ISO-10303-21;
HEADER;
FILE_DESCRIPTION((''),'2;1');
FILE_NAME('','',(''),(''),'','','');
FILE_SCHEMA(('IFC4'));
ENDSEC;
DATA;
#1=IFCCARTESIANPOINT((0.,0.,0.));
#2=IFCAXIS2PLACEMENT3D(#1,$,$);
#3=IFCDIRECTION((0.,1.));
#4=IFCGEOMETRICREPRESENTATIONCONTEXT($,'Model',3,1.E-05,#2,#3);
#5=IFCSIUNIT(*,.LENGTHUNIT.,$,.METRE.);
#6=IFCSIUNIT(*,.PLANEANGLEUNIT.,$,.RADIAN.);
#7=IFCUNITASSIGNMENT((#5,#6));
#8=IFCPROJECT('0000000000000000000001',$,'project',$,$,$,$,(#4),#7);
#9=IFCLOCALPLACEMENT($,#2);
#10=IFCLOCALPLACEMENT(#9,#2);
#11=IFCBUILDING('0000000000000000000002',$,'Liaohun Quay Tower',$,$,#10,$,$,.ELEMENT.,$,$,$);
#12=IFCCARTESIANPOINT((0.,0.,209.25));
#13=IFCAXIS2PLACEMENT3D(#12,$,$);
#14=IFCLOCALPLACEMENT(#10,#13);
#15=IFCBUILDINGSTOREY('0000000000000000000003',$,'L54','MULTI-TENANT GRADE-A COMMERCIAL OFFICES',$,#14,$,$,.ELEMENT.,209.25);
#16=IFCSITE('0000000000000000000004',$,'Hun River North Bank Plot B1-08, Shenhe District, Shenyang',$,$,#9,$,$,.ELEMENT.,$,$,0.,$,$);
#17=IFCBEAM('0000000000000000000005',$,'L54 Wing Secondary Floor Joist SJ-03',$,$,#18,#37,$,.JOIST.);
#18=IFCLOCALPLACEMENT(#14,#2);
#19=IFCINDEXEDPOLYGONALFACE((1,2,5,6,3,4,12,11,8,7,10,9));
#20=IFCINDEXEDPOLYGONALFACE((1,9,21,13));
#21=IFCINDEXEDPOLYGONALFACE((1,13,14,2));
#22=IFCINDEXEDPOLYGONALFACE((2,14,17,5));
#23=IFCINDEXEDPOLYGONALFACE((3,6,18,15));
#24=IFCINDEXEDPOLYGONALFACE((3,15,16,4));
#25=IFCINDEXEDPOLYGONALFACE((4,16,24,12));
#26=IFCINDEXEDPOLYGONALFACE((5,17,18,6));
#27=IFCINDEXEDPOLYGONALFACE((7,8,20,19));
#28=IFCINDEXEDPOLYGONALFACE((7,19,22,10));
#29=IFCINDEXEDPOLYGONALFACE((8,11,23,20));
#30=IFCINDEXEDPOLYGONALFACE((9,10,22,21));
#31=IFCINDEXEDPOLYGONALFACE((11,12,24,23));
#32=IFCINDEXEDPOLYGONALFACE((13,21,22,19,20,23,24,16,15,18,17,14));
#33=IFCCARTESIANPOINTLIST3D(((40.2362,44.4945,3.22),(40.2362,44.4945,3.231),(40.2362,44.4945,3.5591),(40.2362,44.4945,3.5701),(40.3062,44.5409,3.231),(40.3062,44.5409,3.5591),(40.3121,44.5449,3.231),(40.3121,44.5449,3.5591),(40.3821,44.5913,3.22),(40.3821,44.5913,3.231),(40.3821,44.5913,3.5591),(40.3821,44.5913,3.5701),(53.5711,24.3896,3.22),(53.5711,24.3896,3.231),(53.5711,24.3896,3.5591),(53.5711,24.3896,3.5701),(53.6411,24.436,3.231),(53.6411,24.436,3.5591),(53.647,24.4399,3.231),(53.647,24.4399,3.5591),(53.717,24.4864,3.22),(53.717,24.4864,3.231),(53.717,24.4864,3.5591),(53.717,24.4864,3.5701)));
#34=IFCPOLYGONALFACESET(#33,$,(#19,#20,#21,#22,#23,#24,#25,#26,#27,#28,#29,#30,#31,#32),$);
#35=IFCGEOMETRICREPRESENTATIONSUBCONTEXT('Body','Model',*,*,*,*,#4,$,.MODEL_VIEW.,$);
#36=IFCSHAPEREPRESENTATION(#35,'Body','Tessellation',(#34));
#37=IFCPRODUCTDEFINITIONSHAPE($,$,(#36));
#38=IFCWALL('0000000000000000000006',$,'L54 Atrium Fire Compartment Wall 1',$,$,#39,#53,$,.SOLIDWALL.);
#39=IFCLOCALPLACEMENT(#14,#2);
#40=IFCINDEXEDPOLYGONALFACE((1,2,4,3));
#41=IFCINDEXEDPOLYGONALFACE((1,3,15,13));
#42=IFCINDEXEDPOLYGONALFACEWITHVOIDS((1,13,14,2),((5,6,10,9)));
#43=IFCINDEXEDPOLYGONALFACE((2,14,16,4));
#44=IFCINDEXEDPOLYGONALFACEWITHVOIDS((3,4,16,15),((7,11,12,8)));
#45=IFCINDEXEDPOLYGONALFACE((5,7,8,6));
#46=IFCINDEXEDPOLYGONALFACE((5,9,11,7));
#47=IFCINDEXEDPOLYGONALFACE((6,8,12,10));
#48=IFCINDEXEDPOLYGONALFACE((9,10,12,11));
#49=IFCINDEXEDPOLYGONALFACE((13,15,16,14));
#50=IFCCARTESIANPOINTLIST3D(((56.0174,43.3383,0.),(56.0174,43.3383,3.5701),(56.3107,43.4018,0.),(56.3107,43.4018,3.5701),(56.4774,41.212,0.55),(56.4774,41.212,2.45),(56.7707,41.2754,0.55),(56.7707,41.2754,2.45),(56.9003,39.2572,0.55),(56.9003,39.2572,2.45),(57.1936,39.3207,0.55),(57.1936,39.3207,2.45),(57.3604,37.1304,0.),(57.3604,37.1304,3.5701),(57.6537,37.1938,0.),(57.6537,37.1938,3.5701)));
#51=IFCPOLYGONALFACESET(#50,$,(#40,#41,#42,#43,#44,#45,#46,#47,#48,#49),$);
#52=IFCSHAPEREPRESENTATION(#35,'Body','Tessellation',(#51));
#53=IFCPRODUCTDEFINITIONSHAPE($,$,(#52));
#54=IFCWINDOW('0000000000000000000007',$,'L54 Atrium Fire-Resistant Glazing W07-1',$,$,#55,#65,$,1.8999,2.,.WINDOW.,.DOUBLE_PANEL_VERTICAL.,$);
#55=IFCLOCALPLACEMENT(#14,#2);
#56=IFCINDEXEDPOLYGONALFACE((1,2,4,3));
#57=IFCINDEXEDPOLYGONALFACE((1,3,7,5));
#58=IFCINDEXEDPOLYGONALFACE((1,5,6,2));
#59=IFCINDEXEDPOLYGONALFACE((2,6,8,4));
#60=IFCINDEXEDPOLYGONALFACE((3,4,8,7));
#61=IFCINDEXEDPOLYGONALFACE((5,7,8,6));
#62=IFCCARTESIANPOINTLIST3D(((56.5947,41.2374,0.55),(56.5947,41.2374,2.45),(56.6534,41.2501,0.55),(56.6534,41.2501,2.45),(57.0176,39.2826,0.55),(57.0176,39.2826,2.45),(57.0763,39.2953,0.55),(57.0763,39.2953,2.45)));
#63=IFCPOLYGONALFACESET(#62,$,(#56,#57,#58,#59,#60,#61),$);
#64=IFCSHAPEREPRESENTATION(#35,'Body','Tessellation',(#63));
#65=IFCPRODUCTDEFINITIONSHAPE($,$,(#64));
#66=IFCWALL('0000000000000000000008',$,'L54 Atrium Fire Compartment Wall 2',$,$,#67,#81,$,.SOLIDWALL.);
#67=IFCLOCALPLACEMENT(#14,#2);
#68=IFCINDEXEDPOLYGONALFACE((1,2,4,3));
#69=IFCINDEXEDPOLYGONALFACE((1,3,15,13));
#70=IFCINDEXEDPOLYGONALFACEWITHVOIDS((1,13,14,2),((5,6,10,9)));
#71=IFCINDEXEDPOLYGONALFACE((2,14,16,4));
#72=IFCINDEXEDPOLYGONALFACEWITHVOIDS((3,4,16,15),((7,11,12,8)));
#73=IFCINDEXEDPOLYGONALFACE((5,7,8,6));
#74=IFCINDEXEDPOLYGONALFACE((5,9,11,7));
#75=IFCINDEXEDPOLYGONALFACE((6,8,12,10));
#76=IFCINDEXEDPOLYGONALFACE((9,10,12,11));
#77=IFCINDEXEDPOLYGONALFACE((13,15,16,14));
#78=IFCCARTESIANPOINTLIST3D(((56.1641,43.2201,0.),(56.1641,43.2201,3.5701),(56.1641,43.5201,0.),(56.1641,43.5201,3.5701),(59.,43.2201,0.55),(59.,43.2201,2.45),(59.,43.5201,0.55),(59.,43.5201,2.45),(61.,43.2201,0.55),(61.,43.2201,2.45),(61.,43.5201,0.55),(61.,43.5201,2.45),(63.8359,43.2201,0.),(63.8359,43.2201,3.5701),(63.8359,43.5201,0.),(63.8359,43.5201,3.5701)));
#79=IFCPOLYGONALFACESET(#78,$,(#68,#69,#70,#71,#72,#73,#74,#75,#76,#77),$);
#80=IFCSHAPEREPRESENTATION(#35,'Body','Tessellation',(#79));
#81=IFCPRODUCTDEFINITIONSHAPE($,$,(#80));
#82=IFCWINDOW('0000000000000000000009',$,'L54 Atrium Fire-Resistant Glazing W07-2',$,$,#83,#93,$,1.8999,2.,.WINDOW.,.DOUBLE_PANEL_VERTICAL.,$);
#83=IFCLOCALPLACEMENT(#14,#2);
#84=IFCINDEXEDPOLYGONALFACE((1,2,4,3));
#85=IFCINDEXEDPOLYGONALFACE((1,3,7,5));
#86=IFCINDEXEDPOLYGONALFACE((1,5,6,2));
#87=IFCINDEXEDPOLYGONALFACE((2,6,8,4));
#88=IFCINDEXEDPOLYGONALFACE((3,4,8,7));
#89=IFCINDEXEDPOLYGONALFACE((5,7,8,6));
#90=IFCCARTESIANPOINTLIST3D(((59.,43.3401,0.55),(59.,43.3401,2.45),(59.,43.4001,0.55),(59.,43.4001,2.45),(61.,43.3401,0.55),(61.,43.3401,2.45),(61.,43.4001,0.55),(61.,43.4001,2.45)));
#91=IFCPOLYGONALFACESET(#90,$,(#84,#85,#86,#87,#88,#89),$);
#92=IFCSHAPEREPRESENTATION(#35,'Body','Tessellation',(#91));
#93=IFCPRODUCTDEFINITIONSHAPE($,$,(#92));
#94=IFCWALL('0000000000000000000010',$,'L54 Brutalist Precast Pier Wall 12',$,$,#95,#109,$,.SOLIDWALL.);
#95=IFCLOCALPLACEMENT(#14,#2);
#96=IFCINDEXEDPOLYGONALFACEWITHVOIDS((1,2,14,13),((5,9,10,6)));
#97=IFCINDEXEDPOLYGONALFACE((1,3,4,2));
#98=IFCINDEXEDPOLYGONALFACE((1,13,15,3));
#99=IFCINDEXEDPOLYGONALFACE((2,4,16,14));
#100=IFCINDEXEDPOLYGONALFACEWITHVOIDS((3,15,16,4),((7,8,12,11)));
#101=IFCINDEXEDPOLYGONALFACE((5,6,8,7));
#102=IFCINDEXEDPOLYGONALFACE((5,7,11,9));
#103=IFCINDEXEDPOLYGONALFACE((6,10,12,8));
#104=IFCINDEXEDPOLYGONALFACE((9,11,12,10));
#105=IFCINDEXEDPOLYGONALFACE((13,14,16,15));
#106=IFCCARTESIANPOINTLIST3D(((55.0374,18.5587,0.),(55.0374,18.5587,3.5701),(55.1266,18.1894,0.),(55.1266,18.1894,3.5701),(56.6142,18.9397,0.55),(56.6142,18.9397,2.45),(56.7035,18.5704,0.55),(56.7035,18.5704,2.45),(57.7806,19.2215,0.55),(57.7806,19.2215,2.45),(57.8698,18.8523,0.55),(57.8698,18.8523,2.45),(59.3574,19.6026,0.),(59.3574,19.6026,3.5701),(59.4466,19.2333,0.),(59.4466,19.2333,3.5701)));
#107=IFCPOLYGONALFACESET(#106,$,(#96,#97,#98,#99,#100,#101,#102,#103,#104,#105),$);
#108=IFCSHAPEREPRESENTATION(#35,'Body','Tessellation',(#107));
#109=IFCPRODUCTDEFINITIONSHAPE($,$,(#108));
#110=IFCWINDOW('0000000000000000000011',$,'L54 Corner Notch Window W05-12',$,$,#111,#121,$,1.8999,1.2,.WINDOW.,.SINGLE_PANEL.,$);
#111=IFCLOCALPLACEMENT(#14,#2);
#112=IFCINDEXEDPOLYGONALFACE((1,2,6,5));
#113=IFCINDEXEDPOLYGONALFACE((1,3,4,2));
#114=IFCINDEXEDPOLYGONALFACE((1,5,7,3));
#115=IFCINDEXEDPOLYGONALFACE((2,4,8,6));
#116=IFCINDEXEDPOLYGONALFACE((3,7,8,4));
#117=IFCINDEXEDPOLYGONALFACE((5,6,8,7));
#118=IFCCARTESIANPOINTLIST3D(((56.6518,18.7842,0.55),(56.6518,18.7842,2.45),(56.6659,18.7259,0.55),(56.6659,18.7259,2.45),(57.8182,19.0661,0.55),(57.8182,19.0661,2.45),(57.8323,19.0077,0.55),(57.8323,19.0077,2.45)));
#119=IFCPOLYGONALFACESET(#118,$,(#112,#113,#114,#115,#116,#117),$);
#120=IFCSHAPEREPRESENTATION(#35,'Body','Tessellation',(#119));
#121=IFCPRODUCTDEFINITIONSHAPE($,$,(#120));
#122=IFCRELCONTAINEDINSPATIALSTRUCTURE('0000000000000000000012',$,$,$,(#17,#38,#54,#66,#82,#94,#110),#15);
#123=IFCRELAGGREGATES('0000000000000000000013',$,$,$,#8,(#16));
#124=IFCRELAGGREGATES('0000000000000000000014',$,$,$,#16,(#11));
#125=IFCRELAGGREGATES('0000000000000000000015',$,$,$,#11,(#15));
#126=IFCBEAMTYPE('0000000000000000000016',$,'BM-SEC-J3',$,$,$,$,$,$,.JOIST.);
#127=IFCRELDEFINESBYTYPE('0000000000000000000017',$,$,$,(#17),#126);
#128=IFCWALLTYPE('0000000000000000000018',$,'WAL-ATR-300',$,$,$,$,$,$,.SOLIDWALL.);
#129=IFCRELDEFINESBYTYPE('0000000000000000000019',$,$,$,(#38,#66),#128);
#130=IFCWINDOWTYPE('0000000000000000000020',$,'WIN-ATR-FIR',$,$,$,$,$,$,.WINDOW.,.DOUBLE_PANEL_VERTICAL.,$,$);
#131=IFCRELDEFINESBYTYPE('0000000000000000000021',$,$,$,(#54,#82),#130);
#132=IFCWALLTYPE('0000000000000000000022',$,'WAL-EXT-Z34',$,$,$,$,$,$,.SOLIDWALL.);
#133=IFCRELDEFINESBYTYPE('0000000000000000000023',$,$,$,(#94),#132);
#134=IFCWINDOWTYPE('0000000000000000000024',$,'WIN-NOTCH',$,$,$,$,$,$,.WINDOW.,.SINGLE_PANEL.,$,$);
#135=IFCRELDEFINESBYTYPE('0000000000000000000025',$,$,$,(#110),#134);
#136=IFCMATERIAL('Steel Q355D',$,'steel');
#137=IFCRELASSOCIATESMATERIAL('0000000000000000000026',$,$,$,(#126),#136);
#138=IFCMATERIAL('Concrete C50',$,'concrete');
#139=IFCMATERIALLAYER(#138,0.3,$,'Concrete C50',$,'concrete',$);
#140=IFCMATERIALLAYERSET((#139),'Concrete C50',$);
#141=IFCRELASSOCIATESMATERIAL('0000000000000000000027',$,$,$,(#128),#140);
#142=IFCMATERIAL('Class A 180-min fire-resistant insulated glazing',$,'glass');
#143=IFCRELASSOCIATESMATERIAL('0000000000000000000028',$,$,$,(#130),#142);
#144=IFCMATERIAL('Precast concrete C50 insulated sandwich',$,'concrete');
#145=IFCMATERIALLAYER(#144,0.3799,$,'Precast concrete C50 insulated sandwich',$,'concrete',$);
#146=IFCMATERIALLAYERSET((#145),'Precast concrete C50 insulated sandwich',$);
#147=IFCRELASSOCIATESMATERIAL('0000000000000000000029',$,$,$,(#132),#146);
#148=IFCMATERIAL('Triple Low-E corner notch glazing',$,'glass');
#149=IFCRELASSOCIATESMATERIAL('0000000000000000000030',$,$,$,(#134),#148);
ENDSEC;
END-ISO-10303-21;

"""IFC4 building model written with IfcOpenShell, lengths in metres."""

from ifc_helpers import new_model, si_unit, direction, frame, frame_2d, origin, origin_2d, place, context, subcontext, project, spatial, rectangle, i_section, extrude, source, transform, mapped, material, layer, layer_set, material_profile, profile_set, type_object, element, fill, save


model = new_model("IFC4")

# Units and contexts
model_context = context("Model", 3, precision=1e-05, world=origin(), true_north=direction((0.0, 1.0)))
body_context = subcontext(model_context, "Body", "Model", "MODEL_VIEW")
ifc_project = project(units=[si_unit("LENGTHUNIT", "METRE"), si_unit("PLANEANGLEUNIT", "RADIAN")], contexts=[model_context])

# Site, building, storey
site_placement = place(None, origin())
site = spatial("IfcSite", under=ifc_project, at=site_placement, Name="Hun River North Bank Plot B1-08, Shenhe District, Shenyang", CompositionType="ELEMENT", RefElevation=0.0)
building_placement = place(site_placement, origin())
building = spatial("IfcBuilding", under=site, at=building_placement, Name="Liaohun Quay Tower", CompositionType="ELEMENT")
storey_placement = place(building_placement, frame((0.0, 0.0, 209.25)))
storey = spatial("IfcBuildingStorey", under=building, at=storey_placement, Name="L54", Description="MULTI-TENANT GRADE-A COMMERCIAL OFFICES", CompositionType="ELEMENT", Elevation=209.25)

# Beam
ifc_material_1 = material(Name="Steel Q355D", Category="steel")
ifc_material_profile_1 = material_profile(ifc_material_1, i_section(OverallWidth=0.175, OverallDepth=0.3501, WebThickness=0.0071, FlangeThickness=0.011, at=origin_2d()), Name="HN350x175x7x11")
ifc_profile_set_1 = profile_set([ifc_material_profile_1], Name="Steel Q355D")
beam_type_1 = type_object("IfcBeamType", Name="BM-SEC-J3", PredefinedType="JOIST", material=ifc_profile_set_1)
shared_shape_1 = source(origin(), body_context, "Body", "SweptSolid", [
    extrude(i_section(OverallWidth=0.175, OverallDepth=0.3501, WebThickness=0.0071, FlangeThickness=0.011, at=origin_2d()), origin(), (0.0, 0.0, 1.0), 24.1252),
])
beam_1_placement = place(storey_placement, frame((53.644, 24.438, 3.395), z_axis=(-0.552737, 0.833356, 0.0), x_axis=(-0.833356, -0.552737, 0.0)))
element("IfcBeam", 1, at=beam_1_placement, inside=storey, type_object=beam_type_1, Name="L54 Wing Secondary Floor Joist SJ-03", PredefinedType="JOIST", context=body_context, shape_type="MappedRepresentation", body=[
    mapped(shared_shape_1, transform((0.0, 0.0, 0.0), x_axis=(1.0, 0.0, 0.0), y_axis=(0.0, 1.0, 0.0), z_axis=(0.0, 0.0, 1.0), scale=1.0)),
])

# Walls, openings, windows
ifc_material_2 = material(Name="Concrete C50", Category="concrete")
ifc_layer_1 = layer(ifc_material_2, 0.3, Name="Concrete C50", Category="concrete")
ifc_layer_set_1 = layer_set([ifc_layer_1], Name="Concrete C50")
wall_type_1 = type_object("IfcWallType", Name="WAL-ATR-300", PredefinedType="SOLIDWALL", material=ifc_layer_set_1)
wall_1_placement = place(storey_placement, frame((57.5071, 37.1621, 0.0), z_axis=(0.0, 0.0, 1.0), x_axis=(-0.211445, 0.97739, 0.0)))
wall_1 = element("IfcWall", 2, at=wall_1_placement, inside=storey, type_object=wall_type_1, Name="L54 Atrium Fire Compartment Wall 1", PredefinedType="SOLIDWALL", context=body_context, shape_type="SweptSolid", body=[
    extrude(rectangle(XDim=6.3516, YDim=0.3, at=frame_2d((3.1758, 0.0))), origin(), (0.0, 0.0, 1.0), 3.5701),
])
shared_shape_2 = source(origin(), body_context, "Body", "SweptSolid", [
    extrude(rectangle(XDim=2.0, YDim=1.8999, at=frame_2d((1.0, 0.95))), frame((0.0, 0.1599, 0.0), z_axis=(0.0, -1.0, 0.0), x_axis=(1.0, 0.0, 0.0)), (0.0, 0.0, 1.0), 0.3201),
])
opening_1_placement = place(wall_1_placement, frame((2.176, 0.0, 0.55)))
opening_1 = element("IfcOpeningElement", 3, at=opening_1_placement, cuts=wall_1, PredefinedType="OPENING", context=body_context, shape_type="MappedRepresentation", body=[
    mapped(shared_shape_2, transform((0.0, 0.0, 0.0), x_axis=(1.0, 0.0, 0.0), y_axis=(0.0, 1.0, 0.0), z_axis=(0.0, 0.0, 1.0), scale=1.0)),
])
ifc_material_3 = material(Name="Class A 180-min fire-resistant insulated glazing", Category="glass")
window_type_1 = type_object("IfcWindowType", Name="WIN-ATR-FIR", PartitioningType="DOUBLE_PANEL_VERTICAL", PredefinedType="WINDOW", material=ifc_material_3)
shared_shape_3 = source(origin(), body_context, "Body", "SweptSolid", [
    extrude(rectangle(XDim=2.0, YDim=1.8999, at=frame_2d((1.0, 0.95))), frame((0.0, 0.03, 0.0), z_axis=(0.0, -1.0, 0.0), x_axis=(1.0, 0.0, 0.0)), (0.0, 0.0, 1.0), 0.0601),
])
window_1_placement = place(opening_1_placement, origin())
window_1 = element("IfcWindow", 4, at=window_1_placement, inside=storey, type_object=window_type_1, Name="L54 Atrium Fire-Resistant Glazing W07-1", OverallHeight=1.8999, OverallWidth=2.0, PartitioningType="DOUBLE_PANEL_VERTICAL", PredefinedType="WINDOW", context=body_context, shape_type="MappedRepresentation", body=[
    mapped(shared_shape_3, transform((0.0, 0.0, 0.0), x_axis=(1.0, 0.0, 0.0), y_axis=(0.0, 1.0, 0.0), z_axis=(0.0, 0.0, 1.0), scale=1.0)),
])
fill(opening_1, window_1)
wall_2_placement = place(storey_placement, frame((56.1641, 43.3701, 0.0), z_axis=(0.0, 0.0, 1.0), x_axis=(1.0, 0.0, 0.0)))
wall_2 = element("IfcWall", 5, at=wall_2_placement, inside=storey, type_object=wall_type_1, Name="L54 Atrium Fire Compartment Wall 2", PredefinedType="SOLIDWALL", context=body_context, shape_type="SweptSolid", body=[
    extrude(rectangle(XDim=7.6719, YDim=0.3, at=frame_2d((3.8359, 0.0))), origin(), (0.0, 0.0, 1.0), 3.5701),
])
opening_2_placement = place(wall_2_placement, frame((2.8359, 0.0, 0.55)))
opening_2 = element("IfcOpeningElement", 6, at=opening_2_placement, cuts=wall_2, PredefinedType="OPENING", context=body_context, shape_type="MappedRepresentation", body=[
    mapped(shared_shape_2, transform((0.0, 0.0, 0.0), x_axis=(1.0, 0.0, 0.0), y_axis=(0.0, 1.0, 0.0), z_axis=(0.0, 0.0, 1.0), scale=1.0)),
])
window_2_placement = place(opening_2_placement, origin())
window_2 = element("IfcWindow", 7, at=window_2_placement, inside=storey, type_object=window_type_1, Name="L54 Atrium Fire-Resistant Glazing W07-2", OverallHeight=1.8999, OverallWidth=2.0, PartitioningType="DOUBLE_PANEL_VERTICAL", PredefinedType="WINDOW", context=body_context, shape_type="MappedRepresentation", body=[
    mapped(shared_shape_3, transform((0.0, 0.0, 0.0), x_axis=(1.0, 0.0, 0.0), y_axis=(0.0, 1.0, 0.0), z_axis=(0.0, 0.0, 1.0), scale=1.0)),
])
fill(opening_2, window_2)
ifc_material_4 = material(Name="Precast concrete C50 insulated sandwich", Category="concrete")
ifc_layer_2 = layer(ifc_material_4, 0.3799, Name="Precast concrete C50 insulated sandwich", Category="concrete")
ifc_layer_set_2 = layer_set([ifc_layer_2], Name="Precast concrete C50 insulated sandwich")
wall_type_2 = type_object("IfcWallType", Name="WAL-EXT-Z34", PredefinedType="SOLIDWALL", material=ifc_layer_set_2)
wall_3_placement = place(storey_placement, frame((55.082, 18.374, 0.0), z_axis=(0.0, 0.0, 1.0), x_axis=(0.972022, 0.234889, 0.0)))
wall_3 = element("IfcWall", 8, at=wall_3_placement, inside=storey, type_object=wall_type_2, Name="L54 Brutalist Precast Pier Wall 12", PredefinedType="SOLIDWALL", context=body_context, shape_type="SweptSolid", body=[
    extrude(rectangle(XDim=4.4443, YDim=0.3799, at=frame_2d((2.2222, 0.0))), origin(), (0.0, 0.0, 1.0), 3.5701),
])
shared_shape_4 = source(origin(), body_context, "Body", "SweptSolid", [
    extrude(rectangle(XDim=1.2, YDim=1.8999, at=frame_2d((0.6001, 0.95))), frame((0.0, 0.2, 0.0), z_axis=(0.0, -1.0, 0.0), x_axis=(1.0, 0.0, 0.0)), (0.0, 0.0, 1.0), 0.3999),
])
opening_3_placement = place(wall_3_placement, frame((1.6221, 0.0, 0.55)))
opening_3 = element("IfcOpeningElement", 9, at=opening_3_placement, cuts=wall_3, PredefinedType="OPENING", context=body_context, shape_type="MappedRepresentation", body=[
    mapped(shared_shape_4, transform((0.0, 0.0, 0.0), x_axis=(1.0, 0.0, 0.0), y_axis=(0.0, 1.0, 0.0), z_axis=(0.0, 0.0, 1.0), scale=1.0)),
])
ifc_material_5 = material(Name="Triple Low-E corner notch glazing", Category="glass")
window_type_2 = type_object("IfcWindowType", Name="WIN-NOTCH", PartitioningType="SINGLE_PANEL", PredefinedType="WINDOW", material=ifc_material_5)
shared_shape_5 = source(origin(), body_context, "Body", "SweptSolid", [
    extrude(rectangle(XDim=1.2, YDim=1.8999, at=frame_2d((0.6001, 0.95))), frame((0.0, 0.03, 0.0), z_axis=(0.0, -1.0, 0.0), x_axis=(1.0, 0.0, 0.0)), (0.0, 0.0, 1.0), 0.0601),
])
window_3_placement = place(opening_3_placement, origin())
window_3 = element("IfcWindow", 10, at=window_3_placement, inside=storey, type_object=window_type_2, Name="L54 Corner Notch Window W05-12", OverallHeight=1.8999, OverallWidth=1.2, PartitioningType="SINGLE_PANEL", PredefinedType="WINDOW", context=body_context, shape_type="MappedRepresentation", body=[
    mapped(shared_shape_5, transform((0.0, 0.0, 0.0), x_axis=(1.0, 0.0, 0.0), y_axis=(0.0, 1.0, 0.0), z_axis=(0.0, 0.0, 1.0), scale=1.0)),
])
fill(opening_3, window_3)

save(model, "model.ifc")
